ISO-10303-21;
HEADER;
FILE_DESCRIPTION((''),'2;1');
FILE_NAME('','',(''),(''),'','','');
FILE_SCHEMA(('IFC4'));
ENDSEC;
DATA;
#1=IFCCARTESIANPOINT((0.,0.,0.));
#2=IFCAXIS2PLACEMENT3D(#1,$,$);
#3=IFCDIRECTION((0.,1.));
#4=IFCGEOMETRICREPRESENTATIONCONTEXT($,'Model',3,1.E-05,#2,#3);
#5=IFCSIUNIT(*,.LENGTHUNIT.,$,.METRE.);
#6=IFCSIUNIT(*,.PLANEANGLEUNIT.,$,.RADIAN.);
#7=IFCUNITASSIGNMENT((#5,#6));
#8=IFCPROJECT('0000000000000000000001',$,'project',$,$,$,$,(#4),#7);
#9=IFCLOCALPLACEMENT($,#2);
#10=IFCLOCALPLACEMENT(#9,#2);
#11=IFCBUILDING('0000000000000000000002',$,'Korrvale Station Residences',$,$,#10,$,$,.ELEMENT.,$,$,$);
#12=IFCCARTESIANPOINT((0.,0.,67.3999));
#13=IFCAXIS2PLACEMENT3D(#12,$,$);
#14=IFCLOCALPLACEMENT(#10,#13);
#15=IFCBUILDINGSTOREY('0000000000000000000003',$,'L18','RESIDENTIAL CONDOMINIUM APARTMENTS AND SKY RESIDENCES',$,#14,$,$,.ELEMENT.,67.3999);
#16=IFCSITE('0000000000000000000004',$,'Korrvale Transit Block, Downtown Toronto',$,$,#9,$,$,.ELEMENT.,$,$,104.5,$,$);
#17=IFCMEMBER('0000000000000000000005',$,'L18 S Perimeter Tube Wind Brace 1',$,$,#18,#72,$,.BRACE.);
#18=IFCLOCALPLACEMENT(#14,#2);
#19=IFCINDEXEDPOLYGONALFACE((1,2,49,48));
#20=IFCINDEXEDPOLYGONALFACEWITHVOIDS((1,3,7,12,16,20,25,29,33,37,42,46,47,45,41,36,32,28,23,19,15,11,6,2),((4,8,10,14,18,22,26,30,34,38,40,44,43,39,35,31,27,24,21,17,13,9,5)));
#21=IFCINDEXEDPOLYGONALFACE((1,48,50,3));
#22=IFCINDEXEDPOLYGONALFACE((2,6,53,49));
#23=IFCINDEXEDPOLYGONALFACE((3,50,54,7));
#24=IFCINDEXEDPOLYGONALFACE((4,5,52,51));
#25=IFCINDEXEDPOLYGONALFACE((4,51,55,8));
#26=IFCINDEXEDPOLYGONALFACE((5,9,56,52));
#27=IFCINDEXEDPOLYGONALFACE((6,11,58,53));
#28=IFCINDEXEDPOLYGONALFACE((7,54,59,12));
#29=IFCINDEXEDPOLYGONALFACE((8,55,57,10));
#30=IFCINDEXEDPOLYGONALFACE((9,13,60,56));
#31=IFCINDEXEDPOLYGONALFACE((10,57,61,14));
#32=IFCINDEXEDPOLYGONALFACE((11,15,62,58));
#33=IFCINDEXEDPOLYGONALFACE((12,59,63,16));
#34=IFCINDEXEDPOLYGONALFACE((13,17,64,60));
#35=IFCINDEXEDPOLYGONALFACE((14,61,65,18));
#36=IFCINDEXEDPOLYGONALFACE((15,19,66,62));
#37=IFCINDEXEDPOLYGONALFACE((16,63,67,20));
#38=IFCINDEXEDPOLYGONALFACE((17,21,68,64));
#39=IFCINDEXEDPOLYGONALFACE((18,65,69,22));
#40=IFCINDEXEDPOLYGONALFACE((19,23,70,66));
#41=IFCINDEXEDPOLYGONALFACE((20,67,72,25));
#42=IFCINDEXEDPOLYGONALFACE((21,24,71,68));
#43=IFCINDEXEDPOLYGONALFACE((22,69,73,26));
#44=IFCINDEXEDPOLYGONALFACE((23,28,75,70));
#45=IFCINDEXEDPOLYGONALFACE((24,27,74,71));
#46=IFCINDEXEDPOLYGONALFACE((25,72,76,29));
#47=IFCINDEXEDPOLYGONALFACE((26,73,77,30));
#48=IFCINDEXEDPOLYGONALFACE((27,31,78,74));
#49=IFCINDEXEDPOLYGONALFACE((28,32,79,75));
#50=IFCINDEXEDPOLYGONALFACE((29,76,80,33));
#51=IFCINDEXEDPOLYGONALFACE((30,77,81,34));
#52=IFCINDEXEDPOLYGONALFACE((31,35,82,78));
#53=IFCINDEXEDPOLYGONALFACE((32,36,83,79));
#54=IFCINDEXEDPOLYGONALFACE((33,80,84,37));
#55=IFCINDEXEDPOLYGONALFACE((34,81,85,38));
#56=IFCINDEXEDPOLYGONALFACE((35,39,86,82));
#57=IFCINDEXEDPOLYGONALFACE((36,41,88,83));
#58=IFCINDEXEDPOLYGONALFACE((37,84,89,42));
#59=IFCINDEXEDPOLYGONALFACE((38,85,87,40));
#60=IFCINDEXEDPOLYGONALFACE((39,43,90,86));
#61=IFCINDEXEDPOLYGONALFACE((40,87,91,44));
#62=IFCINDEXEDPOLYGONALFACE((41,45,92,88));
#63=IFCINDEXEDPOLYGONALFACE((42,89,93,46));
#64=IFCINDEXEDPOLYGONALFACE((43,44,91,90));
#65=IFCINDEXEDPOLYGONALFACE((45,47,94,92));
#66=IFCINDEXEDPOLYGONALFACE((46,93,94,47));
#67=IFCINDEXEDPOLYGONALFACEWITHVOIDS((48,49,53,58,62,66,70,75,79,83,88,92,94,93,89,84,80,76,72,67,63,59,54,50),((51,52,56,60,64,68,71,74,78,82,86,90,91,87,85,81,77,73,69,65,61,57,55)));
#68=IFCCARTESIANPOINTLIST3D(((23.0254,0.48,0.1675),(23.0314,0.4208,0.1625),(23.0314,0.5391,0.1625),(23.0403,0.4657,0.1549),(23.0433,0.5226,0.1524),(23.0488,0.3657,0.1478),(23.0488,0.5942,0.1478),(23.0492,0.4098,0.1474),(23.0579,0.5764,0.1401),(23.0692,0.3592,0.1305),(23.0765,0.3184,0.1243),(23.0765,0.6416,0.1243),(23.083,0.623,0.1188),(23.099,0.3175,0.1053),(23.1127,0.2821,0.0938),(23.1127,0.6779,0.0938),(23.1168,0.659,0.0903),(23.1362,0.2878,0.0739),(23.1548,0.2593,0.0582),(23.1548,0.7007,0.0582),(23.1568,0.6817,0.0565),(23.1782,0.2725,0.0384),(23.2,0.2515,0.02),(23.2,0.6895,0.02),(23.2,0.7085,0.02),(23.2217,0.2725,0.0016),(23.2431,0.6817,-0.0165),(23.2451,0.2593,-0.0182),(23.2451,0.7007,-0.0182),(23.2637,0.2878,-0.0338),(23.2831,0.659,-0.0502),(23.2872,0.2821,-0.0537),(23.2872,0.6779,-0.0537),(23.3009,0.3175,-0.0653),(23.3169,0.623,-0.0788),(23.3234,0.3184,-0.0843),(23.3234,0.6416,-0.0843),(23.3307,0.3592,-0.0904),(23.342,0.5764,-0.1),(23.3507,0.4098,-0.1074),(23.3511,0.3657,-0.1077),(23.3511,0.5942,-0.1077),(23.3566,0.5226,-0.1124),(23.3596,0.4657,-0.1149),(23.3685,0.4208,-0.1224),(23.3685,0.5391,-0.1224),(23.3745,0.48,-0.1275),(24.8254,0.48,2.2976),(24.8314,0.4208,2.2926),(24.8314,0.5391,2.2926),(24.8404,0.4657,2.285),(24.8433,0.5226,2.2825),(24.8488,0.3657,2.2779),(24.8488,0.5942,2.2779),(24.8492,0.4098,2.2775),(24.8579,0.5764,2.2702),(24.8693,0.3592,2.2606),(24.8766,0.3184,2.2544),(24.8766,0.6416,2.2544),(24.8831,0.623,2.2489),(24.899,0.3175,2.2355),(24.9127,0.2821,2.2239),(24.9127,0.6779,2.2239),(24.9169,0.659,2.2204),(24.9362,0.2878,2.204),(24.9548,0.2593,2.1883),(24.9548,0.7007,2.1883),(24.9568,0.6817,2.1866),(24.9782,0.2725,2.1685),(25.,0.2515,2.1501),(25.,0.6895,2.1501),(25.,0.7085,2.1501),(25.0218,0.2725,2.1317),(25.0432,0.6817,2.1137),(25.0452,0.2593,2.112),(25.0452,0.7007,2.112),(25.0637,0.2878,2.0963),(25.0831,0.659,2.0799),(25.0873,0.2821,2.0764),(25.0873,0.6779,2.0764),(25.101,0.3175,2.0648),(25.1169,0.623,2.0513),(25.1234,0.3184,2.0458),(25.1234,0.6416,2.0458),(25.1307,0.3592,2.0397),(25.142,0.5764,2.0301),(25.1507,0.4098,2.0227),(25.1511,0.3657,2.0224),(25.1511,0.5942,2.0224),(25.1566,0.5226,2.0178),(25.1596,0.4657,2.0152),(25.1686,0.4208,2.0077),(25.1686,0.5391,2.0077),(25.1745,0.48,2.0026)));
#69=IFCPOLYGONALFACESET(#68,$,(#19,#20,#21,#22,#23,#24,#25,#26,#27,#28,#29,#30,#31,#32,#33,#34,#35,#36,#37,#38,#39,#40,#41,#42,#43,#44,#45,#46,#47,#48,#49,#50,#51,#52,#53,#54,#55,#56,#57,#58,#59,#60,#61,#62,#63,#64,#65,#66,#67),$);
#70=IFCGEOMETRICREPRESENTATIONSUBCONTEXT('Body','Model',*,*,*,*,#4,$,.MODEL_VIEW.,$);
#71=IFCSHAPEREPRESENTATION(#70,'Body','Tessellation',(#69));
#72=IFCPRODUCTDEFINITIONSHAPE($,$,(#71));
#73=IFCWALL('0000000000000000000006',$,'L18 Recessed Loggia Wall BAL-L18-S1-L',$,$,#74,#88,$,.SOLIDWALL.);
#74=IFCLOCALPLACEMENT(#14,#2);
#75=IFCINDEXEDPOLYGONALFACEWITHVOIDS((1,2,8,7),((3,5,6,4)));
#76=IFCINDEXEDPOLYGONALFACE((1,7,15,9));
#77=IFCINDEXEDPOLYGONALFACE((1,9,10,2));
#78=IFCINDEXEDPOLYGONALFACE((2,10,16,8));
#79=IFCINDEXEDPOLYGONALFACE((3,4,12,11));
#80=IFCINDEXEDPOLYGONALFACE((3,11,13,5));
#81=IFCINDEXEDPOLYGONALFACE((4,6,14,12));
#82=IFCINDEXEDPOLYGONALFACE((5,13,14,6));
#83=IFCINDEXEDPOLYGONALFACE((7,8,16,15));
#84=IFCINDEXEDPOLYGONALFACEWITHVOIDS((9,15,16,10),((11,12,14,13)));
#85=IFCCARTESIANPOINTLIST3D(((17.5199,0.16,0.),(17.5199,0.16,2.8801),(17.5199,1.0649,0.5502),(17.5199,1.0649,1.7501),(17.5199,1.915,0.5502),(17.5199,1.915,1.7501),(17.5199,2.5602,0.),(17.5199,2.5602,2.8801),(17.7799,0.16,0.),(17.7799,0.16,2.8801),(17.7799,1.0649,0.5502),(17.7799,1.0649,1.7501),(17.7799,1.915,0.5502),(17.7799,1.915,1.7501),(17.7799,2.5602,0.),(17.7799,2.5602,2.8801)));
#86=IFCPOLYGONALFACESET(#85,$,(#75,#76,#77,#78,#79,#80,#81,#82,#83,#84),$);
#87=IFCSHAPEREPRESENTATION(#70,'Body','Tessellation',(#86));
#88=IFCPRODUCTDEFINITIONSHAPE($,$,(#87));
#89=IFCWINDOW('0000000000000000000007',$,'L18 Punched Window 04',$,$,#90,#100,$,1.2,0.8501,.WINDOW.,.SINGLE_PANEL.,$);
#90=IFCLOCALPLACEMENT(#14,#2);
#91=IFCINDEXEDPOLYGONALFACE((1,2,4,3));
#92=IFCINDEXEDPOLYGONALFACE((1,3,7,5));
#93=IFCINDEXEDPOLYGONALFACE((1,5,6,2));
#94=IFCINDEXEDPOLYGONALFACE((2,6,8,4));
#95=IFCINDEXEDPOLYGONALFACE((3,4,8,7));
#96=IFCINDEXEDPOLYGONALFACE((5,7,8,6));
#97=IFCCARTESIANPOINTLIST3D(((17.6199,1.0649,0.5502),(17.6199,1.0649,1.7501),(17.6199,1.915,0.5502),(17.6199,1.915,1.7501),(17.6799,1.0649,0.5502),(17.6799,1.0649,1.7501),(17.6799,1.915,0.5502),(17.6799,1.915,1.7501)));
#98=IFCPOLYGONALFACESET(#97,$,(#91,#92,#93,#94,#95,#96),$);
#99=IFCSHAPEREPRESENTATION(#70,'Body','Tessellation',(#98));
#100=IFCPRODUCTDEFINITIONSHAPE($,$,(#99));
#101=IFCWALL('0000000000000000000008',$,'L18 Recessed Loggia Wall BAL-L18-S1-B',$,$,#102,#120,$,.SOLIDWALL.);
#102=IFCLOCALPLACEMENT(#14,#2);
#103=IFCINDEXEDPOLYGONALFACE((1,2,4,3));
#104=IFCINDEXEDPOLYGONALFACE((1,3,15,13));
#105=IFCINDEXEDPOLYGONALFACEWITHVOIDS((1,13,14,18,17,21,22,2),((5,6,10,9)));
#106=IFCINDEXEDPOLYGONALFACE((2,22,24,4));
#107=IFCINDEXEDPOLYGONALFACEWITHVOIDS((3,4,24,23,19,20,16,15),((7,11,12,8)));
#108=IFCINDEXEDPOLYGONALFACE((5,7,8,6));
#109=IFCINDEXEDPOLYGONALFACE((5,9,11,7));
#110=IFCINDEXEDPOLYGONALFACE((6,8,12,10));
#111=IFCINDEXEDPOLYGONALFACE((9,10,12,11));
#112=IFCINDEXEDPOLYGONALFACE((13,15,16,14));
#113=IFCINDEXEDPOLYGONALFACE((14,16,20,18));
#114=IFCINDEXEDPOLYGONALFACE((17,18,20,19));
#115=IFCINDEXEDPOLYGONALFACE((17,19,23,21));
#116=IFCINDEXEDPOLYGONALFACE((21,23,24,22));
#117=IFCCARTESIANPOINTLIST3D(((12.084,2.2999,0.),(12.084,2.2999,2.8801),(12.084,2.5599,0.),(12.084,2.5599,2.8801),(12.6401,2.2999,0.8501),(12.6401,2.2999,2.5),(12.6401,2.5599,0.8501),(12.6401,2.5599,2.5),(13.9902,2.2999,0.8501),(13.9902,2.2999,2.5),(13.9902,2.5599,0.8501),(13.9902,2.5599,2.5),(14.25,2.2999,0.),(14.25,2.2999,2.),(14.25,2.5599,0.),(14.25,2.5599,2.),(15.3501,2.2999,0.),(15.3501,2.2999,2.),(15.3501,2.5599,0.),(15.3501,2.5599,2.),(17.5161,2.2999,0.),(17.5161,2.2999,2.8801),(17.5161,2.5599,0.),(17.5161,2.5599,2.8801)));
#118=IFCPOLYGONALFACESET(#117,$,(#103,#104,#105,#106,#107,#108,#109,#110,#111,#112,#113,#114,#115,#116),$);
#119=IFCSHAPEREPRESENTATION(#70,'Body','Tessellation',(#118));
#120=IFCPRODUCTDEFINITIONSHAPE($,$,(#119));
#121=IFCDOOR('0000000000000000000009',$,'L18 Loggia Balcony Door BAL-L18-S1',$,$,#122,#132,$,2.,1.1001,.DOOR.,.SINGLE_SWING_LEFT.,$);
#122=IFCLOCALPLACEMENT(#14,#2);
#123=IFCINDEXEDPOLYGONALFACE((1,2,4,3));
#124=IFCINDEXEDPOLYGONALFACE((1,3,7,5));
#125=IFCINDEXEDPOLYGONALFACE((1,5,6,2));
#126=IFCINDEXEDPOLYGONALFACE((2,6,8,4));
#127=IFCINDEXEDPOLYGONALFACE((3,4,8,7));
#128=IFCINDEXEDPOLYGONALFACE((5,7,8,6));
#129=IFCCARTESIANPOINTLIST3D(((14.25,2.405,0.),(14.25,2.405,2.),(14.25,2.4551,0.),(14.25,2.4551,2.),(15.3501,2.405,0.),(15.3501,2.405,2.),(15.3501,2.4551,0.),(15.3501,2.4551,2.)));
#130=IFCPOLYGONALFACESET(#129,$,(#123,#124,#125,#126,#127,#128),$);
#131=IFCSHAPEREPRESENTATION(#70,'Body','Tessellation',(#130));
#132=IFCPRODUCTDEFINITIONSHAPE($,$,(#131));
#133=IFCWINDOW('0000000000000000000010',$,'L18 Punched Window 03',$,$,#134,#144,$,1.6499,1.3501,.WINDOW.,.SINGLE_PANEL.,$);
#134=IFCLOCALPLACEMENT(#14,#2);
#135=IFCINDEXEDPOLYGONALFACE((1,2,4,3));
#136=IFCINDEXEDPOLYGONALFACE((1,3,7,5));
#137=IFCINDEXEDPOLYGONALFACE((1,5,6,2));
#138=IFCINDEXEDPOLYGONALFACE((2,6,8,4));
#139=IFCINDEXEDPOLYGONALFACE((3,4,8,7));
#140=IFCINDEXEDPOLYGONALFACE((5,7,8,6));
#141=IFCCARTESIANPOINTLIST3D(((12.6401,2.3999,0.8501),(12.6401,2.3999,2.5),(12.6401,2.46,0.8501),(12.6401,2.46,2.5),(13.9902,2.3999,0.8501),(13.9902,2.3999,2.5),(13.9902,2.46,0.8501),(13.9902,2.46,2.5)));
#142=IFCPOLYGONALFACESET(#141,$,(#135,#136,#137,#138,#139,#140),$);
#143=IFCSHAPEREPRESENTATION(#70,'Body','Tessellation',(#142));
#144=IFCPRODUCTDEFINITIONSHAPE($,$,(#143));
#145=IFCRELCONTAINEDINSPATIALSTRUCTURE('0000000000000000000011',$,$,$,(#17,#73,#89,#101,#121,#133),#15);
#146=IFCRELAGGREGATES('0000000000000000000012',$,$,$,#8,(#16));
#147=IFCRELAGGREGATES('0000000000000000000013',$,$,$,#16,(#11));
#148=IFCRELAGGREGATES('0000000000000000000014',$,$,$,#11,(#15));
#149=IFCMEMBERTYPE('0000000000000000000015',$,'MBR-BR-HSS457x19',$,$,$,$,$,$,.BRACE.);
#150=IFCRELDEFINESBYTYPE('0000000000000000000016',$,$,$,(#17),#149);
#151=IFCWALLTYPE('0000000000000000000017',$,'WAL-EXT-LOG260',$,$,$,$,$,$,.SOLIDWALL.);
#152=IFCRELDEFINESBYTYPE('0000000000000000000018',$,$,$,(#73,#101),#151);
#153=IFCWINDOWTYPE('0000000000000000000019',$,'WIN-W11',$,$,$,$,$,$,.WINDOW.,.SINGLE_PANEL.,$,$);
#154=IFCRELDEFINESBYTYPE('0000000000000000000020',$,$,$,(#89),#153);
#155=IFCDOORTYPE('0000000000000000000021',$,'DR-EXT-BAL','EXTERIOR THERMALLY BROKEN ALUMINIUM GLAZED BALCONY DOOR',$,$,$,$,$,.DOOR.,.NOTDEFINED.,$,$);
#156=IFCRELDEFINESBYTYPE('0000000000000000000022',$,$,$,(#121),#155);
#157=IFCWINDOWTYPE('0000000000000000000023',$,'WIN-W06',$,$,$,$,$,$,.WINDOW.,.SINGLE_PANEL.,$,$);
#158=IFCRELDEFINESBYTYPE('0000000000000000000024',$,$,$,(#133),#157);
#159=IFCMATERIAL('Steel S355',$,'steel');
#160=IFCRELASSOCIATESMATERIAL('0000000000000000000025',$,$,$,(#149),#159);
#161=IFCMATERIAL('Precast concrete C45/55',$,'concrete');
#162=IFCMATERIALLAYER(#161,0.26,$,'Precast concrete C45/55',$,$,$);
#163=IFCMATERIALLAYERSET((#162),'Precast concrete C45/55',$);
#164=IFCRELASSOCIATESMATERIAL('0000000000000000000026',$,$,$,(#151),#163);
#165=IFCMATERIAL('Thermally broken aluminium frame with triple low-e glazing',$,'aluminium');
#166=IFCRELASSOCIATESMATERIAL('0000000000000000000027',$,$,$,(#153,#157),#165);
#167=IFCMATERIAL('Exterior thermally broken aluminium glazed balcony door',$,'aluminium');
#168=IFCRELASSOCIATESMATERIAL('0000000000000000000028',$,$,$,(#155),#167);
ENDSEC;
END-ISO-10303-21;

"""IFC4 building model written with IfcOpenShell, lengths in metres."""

from ifc_helpers import new_model, si_unit, direction, frame, frame_2d, origin, origin_2d, place, context, subcontext, project, spatial, rectangle, hollow_circle, extrude, material, layer, layer_set, material_profile, profile_set, type_object, element, fill, save


model = new_model("IFC4")

# Units and contexts
model_context = context("Model", 3, precision=1e-05, world=origin(), true_north=direction((0.0, 1.0)))
body_context = subcontext(model_context, "Body", "Model", "MODEL_VIEW")
ifc_project = project(units=[si_unit("LENGTHUNIT", "METRE"), si_unit("PLANEANGLEUNIT", "RADIAN")], contexts=[model_context])

# Site, building, storey
site_placement = place(None, origin())
site = spatial("IfcSite", under=ifc_project, at=site_placement, Name="Korrvale Transit Block, Downtown Toronto", CompositionType="ELEMENT", RefElevation=104.5)
building_placement = place(site_placement, origin())
building = spatial("IfcBuilding", under=site, at=building_placement, Name="Korrvale Station Residences", CompositionType="ELEMENT")
storey_placement = place(building_placement, frame((0.0, 0.0, 67.3999)))
storey = spatial("IfcBuildingStorey", under=building, at=storey_placement, Name="L18", Description="RESIDENTIAL CONDOMINIUM APARTMENTS AND SKY RESIDENCES", CompositionType="ELEMENT", Elevation=67.3999)

# Shared definitions
ifc_material_1 = material(Name="Steel S355", Category="steel")

# Member
ifc_material_profile_1 = material_profile(ifc_material_1, hollow_circle(Radius=0.2285, WallThickness=0.019, at=origin_2d()), Name="HSS457x19")
ifc_profile_set_1 = profile_set([ifc_material_profile_1], Name="Steel S355")
member_type = type_object("IfcMemberType", Name="MBR-BR-HSS457x19", PredefinedType="BRACE", material=ifc_profile_set_1)
member_placement = place(storey_placement, frame((23.2, 0.48, 0.02), z_axis=(0.645448, 0.0, 0.763805), x_axis=(0.0, 1.0, 0.0)))
element("IfcMember", 1, at=member_placement, inside=storey, type_object=member_type, Name="L18 S Perimeter Tube Wind Brace 1", PredefinedType="BRACE", context=body_context, shape_type="SweptSolid", body=[
    extrude(hollow_circle(Radius=0.2285, WallThickness=0.019, at=origin_2d()), origin(), (0.0, 0.0, 1.0), 2.7888),
])

# Wall, opening, window
ifc_material_2 = material(Name="Precast concrete C45/55", Category="concrete")
ifc_layer_1 = layer(ifc_material_2, 0.26, Name="Precast concrete C45/55")
ifc_layer_set_1 = layer_set([ifc_layer_1], Name="Precast concrete C45/55")
wall_type_1 = type_object("IfcWallType", Name="WAL-EXT-LOG260", PredefinedType="SOLIDWALL", material=ifc_layer_set_1)
wall_1_placement = place(storey_placement, frame((17.6499, 0.1599, 0.0), z_axis=(0.0, 0.0, 1.0), x_axis=(0.0, 1.0, 0.0)))
wall_1 = element("IfcWall", 2, at=wall_1_placement, inside=storey, type_object=wall_type_1, Name="L18 Recessed Loggia Wall BAL-L18-S1-L", PredefinedType="SOLIDWALL", context=body_context, shape_type="SweptSolid", body=[
    extrude(rectangle(XDim=2.4001, YDim=0.26, at=frame_2d((1.2002, 0.0))), origin(), (0.0, 0.0, 1.0), 2.8801),
])
opening_1_placement = place(wall_1_placement, frame((0.905, 0.0, 0.55)))
opening_1 = element("IfcOpeningElement", 3, at=opening_1_placement, cuts=wall_1, PredefinedType="OPENING", context=body_context, shape_type="SweptSolid", body=[
    extrude(rectangle(XDim=0.8501, YDim=1.2, at=frame_2d((0.425, 0.6001))), frame((0.0, 0.1401, 0.0), z_axis=(0.0, -1.0, 0.0), x_axis=(1.0, 0.0, 0.0)), (0.0, 0.0, 1.0), 0.28),
])
ifc_material_3 = material(Name="Thermally broken aluminium frame with triple low-e glazing", Category="aluminium")
window_type_1 = type_object("IfcWindowType", Name="WIN-W11", PartitioningType="SINGLE_PANEL", PredefinedType="WINDOW", material=ifc_material_3)
window_1_placement = place(opening_1_placement, origin())
window_1 = element("IfcWindow", 4, at=window_1_placement, inside=storey, type_object=window_type_1, Name="L18 Punched Window 04", OverallHeight=1.2, OverallWidth=0.8501, PartitioningType="SINGLE_PANEL", PredefinedType="WINDOW", context=body_context, shape_type="SweptSolid", body=[
    extrude(rectangle(XDim=0.8501, YDim=1.2, at=frame_2d((0.425, 0.6001))), frame((0.0, 0.03, 0.0), z_axis=(0.0, -1.0, 0.0), x_axis=(1.0, 0.0, 0.0)), (0.0, 0.0, 1.0), 0.0601),
])
fill(opening_1, window_1)

# Wall, openings, door, window
wall_2_placement = place(storey_placement, frame((17.5161, 2.4299, 0.0), z_axis=(0.0, 0.0, 1.0), x_axis=(-1.0, 0.0, 0.0)))
wall_2 = element("IfcWall", 5, at=wall_2_placement, inside=storey, type_object=wall_type_1, Name="L18 Recessed Loggia Wall BAL-L18-S1-B", PredefinedType="SOLIDWALL", context=body_context, shape_type="SweptSolid", body=[
    extrude(rectangle(XDim=5.4321, YDim=0.26, at=frame_2d((2.7161, 0.0))), origin(), (0.0, 0.0, 1.0), 2.8801),
])
opening_2_placement = place(wall_2_placement, frame((2.166, 0.0, 0.0)))
opening_2 = element("IfcOpeningElement", 6, at=opening_2_placement, cuts=wall_2, PredefinedType="OPENING", context=body_context, shape_type="SweptSolid", body=[
    extrude(rectangle(XDim=1.1001, YDim=2.0, at=frame_2d((0.55, 1.0))), frame((0.0, 0.1401, 0.0), z_axis=(0.0, -1.0, 0.0), x_axis=(1.0, 0.0, 0.0)), (0.0, 0.0, 1.0), 0.28),
])
opening_3_placement = place(wall_2_placement, frame((3.5259, 0.0, 0.8501)))
opening_3 = element("IfcOpeningElement", 7, at=opening_3_placement, cuts=wall_2, PredefinedType="OPENING", context=body_context, shape_type="SweptSolid", body=[
    extrude(rectangle(XDim=1.3501, YDim=1.6499, at=frame_2d((0.675, 0.825))), frame((0.0, 0.1401, 0.0), z_axis=(0.0, -1.0, 0.0), x_axis=(1.0, 0.0, 0.0)), (0.0, 0.0, 1.0), 0.28),
])
ifc_material_4 = material(Name="Exterior thermally broken aluminium glazed balcony door", Category="aluminium")
door_type_1 = type_object("IfcDoorType", Name="DR-EXT-BAL", Description="EXTERIOR THERMALLY BROKEN ALUMINIUM GLAZED BALCONY DOOR", OperationType="NOTDEFINED", PredefinedType="DOOR", material=ifc_material_4)
door_1_placement = place(opening_2_placement, origin())
door_1 = element("IfcDoor", 8, at=door_1_placement, inside=storey, type_object=door_type_1, Name="L18 Loggia Balcony Door BAL-L18-S1", OperationType="SINGLE_SWING_LEFT", OverallHeight=2.0, OverallWidth=1.1001, PredefinedType="DOOR", context=body_context, shape_type="SweptSolid", body=[
    extrude(rectangle(XDim=1.1001, YDim=2.0, at=frame_2d((0.55, 1.0))), frame((0.0, 0.0249, 0.0), z_axis=(0.0, -1.0, 0.0), x_axis=(1.0, 0.0, 0.0)), (0.0, 0.0, 1.0), 0.05),
])
fill(opening_2, door_1)
window_type_2 = type_object("IfcWindowType", Name="WIN-W06", PartitioningType="SINGLE_PANEL", PredefinedType="WINDOW", material=ifc_material_3)
window_2_placement = place(opening_3_placement, origin())
window_2 = element("IfcWindow", 9, at=window_2_placement, inside=storey, type_object=window_type_2, Name="L18 Punched Window 03", OverallHeight=1.6499, OverallWidth=1.3501, PartitioningType="SINGLE_PANEL", PredefinedType="WINDOW", context=body_context, shape_type="SweptSolid", body=[
    extrude(rectangle(XDim=1.3501, YDim=1.6499, at=frame_2d((0.675, 0.825))), frame((0.0, 0.03, 0.0), z_axis=(0.0, -1.0, 0.0), x_axis=(1.0, 0.0, 0.0)), (0.0, 0.0, 1.0), 0.0601),
])
fill(opening_3, window_2)

save(model, "model.ifc")
